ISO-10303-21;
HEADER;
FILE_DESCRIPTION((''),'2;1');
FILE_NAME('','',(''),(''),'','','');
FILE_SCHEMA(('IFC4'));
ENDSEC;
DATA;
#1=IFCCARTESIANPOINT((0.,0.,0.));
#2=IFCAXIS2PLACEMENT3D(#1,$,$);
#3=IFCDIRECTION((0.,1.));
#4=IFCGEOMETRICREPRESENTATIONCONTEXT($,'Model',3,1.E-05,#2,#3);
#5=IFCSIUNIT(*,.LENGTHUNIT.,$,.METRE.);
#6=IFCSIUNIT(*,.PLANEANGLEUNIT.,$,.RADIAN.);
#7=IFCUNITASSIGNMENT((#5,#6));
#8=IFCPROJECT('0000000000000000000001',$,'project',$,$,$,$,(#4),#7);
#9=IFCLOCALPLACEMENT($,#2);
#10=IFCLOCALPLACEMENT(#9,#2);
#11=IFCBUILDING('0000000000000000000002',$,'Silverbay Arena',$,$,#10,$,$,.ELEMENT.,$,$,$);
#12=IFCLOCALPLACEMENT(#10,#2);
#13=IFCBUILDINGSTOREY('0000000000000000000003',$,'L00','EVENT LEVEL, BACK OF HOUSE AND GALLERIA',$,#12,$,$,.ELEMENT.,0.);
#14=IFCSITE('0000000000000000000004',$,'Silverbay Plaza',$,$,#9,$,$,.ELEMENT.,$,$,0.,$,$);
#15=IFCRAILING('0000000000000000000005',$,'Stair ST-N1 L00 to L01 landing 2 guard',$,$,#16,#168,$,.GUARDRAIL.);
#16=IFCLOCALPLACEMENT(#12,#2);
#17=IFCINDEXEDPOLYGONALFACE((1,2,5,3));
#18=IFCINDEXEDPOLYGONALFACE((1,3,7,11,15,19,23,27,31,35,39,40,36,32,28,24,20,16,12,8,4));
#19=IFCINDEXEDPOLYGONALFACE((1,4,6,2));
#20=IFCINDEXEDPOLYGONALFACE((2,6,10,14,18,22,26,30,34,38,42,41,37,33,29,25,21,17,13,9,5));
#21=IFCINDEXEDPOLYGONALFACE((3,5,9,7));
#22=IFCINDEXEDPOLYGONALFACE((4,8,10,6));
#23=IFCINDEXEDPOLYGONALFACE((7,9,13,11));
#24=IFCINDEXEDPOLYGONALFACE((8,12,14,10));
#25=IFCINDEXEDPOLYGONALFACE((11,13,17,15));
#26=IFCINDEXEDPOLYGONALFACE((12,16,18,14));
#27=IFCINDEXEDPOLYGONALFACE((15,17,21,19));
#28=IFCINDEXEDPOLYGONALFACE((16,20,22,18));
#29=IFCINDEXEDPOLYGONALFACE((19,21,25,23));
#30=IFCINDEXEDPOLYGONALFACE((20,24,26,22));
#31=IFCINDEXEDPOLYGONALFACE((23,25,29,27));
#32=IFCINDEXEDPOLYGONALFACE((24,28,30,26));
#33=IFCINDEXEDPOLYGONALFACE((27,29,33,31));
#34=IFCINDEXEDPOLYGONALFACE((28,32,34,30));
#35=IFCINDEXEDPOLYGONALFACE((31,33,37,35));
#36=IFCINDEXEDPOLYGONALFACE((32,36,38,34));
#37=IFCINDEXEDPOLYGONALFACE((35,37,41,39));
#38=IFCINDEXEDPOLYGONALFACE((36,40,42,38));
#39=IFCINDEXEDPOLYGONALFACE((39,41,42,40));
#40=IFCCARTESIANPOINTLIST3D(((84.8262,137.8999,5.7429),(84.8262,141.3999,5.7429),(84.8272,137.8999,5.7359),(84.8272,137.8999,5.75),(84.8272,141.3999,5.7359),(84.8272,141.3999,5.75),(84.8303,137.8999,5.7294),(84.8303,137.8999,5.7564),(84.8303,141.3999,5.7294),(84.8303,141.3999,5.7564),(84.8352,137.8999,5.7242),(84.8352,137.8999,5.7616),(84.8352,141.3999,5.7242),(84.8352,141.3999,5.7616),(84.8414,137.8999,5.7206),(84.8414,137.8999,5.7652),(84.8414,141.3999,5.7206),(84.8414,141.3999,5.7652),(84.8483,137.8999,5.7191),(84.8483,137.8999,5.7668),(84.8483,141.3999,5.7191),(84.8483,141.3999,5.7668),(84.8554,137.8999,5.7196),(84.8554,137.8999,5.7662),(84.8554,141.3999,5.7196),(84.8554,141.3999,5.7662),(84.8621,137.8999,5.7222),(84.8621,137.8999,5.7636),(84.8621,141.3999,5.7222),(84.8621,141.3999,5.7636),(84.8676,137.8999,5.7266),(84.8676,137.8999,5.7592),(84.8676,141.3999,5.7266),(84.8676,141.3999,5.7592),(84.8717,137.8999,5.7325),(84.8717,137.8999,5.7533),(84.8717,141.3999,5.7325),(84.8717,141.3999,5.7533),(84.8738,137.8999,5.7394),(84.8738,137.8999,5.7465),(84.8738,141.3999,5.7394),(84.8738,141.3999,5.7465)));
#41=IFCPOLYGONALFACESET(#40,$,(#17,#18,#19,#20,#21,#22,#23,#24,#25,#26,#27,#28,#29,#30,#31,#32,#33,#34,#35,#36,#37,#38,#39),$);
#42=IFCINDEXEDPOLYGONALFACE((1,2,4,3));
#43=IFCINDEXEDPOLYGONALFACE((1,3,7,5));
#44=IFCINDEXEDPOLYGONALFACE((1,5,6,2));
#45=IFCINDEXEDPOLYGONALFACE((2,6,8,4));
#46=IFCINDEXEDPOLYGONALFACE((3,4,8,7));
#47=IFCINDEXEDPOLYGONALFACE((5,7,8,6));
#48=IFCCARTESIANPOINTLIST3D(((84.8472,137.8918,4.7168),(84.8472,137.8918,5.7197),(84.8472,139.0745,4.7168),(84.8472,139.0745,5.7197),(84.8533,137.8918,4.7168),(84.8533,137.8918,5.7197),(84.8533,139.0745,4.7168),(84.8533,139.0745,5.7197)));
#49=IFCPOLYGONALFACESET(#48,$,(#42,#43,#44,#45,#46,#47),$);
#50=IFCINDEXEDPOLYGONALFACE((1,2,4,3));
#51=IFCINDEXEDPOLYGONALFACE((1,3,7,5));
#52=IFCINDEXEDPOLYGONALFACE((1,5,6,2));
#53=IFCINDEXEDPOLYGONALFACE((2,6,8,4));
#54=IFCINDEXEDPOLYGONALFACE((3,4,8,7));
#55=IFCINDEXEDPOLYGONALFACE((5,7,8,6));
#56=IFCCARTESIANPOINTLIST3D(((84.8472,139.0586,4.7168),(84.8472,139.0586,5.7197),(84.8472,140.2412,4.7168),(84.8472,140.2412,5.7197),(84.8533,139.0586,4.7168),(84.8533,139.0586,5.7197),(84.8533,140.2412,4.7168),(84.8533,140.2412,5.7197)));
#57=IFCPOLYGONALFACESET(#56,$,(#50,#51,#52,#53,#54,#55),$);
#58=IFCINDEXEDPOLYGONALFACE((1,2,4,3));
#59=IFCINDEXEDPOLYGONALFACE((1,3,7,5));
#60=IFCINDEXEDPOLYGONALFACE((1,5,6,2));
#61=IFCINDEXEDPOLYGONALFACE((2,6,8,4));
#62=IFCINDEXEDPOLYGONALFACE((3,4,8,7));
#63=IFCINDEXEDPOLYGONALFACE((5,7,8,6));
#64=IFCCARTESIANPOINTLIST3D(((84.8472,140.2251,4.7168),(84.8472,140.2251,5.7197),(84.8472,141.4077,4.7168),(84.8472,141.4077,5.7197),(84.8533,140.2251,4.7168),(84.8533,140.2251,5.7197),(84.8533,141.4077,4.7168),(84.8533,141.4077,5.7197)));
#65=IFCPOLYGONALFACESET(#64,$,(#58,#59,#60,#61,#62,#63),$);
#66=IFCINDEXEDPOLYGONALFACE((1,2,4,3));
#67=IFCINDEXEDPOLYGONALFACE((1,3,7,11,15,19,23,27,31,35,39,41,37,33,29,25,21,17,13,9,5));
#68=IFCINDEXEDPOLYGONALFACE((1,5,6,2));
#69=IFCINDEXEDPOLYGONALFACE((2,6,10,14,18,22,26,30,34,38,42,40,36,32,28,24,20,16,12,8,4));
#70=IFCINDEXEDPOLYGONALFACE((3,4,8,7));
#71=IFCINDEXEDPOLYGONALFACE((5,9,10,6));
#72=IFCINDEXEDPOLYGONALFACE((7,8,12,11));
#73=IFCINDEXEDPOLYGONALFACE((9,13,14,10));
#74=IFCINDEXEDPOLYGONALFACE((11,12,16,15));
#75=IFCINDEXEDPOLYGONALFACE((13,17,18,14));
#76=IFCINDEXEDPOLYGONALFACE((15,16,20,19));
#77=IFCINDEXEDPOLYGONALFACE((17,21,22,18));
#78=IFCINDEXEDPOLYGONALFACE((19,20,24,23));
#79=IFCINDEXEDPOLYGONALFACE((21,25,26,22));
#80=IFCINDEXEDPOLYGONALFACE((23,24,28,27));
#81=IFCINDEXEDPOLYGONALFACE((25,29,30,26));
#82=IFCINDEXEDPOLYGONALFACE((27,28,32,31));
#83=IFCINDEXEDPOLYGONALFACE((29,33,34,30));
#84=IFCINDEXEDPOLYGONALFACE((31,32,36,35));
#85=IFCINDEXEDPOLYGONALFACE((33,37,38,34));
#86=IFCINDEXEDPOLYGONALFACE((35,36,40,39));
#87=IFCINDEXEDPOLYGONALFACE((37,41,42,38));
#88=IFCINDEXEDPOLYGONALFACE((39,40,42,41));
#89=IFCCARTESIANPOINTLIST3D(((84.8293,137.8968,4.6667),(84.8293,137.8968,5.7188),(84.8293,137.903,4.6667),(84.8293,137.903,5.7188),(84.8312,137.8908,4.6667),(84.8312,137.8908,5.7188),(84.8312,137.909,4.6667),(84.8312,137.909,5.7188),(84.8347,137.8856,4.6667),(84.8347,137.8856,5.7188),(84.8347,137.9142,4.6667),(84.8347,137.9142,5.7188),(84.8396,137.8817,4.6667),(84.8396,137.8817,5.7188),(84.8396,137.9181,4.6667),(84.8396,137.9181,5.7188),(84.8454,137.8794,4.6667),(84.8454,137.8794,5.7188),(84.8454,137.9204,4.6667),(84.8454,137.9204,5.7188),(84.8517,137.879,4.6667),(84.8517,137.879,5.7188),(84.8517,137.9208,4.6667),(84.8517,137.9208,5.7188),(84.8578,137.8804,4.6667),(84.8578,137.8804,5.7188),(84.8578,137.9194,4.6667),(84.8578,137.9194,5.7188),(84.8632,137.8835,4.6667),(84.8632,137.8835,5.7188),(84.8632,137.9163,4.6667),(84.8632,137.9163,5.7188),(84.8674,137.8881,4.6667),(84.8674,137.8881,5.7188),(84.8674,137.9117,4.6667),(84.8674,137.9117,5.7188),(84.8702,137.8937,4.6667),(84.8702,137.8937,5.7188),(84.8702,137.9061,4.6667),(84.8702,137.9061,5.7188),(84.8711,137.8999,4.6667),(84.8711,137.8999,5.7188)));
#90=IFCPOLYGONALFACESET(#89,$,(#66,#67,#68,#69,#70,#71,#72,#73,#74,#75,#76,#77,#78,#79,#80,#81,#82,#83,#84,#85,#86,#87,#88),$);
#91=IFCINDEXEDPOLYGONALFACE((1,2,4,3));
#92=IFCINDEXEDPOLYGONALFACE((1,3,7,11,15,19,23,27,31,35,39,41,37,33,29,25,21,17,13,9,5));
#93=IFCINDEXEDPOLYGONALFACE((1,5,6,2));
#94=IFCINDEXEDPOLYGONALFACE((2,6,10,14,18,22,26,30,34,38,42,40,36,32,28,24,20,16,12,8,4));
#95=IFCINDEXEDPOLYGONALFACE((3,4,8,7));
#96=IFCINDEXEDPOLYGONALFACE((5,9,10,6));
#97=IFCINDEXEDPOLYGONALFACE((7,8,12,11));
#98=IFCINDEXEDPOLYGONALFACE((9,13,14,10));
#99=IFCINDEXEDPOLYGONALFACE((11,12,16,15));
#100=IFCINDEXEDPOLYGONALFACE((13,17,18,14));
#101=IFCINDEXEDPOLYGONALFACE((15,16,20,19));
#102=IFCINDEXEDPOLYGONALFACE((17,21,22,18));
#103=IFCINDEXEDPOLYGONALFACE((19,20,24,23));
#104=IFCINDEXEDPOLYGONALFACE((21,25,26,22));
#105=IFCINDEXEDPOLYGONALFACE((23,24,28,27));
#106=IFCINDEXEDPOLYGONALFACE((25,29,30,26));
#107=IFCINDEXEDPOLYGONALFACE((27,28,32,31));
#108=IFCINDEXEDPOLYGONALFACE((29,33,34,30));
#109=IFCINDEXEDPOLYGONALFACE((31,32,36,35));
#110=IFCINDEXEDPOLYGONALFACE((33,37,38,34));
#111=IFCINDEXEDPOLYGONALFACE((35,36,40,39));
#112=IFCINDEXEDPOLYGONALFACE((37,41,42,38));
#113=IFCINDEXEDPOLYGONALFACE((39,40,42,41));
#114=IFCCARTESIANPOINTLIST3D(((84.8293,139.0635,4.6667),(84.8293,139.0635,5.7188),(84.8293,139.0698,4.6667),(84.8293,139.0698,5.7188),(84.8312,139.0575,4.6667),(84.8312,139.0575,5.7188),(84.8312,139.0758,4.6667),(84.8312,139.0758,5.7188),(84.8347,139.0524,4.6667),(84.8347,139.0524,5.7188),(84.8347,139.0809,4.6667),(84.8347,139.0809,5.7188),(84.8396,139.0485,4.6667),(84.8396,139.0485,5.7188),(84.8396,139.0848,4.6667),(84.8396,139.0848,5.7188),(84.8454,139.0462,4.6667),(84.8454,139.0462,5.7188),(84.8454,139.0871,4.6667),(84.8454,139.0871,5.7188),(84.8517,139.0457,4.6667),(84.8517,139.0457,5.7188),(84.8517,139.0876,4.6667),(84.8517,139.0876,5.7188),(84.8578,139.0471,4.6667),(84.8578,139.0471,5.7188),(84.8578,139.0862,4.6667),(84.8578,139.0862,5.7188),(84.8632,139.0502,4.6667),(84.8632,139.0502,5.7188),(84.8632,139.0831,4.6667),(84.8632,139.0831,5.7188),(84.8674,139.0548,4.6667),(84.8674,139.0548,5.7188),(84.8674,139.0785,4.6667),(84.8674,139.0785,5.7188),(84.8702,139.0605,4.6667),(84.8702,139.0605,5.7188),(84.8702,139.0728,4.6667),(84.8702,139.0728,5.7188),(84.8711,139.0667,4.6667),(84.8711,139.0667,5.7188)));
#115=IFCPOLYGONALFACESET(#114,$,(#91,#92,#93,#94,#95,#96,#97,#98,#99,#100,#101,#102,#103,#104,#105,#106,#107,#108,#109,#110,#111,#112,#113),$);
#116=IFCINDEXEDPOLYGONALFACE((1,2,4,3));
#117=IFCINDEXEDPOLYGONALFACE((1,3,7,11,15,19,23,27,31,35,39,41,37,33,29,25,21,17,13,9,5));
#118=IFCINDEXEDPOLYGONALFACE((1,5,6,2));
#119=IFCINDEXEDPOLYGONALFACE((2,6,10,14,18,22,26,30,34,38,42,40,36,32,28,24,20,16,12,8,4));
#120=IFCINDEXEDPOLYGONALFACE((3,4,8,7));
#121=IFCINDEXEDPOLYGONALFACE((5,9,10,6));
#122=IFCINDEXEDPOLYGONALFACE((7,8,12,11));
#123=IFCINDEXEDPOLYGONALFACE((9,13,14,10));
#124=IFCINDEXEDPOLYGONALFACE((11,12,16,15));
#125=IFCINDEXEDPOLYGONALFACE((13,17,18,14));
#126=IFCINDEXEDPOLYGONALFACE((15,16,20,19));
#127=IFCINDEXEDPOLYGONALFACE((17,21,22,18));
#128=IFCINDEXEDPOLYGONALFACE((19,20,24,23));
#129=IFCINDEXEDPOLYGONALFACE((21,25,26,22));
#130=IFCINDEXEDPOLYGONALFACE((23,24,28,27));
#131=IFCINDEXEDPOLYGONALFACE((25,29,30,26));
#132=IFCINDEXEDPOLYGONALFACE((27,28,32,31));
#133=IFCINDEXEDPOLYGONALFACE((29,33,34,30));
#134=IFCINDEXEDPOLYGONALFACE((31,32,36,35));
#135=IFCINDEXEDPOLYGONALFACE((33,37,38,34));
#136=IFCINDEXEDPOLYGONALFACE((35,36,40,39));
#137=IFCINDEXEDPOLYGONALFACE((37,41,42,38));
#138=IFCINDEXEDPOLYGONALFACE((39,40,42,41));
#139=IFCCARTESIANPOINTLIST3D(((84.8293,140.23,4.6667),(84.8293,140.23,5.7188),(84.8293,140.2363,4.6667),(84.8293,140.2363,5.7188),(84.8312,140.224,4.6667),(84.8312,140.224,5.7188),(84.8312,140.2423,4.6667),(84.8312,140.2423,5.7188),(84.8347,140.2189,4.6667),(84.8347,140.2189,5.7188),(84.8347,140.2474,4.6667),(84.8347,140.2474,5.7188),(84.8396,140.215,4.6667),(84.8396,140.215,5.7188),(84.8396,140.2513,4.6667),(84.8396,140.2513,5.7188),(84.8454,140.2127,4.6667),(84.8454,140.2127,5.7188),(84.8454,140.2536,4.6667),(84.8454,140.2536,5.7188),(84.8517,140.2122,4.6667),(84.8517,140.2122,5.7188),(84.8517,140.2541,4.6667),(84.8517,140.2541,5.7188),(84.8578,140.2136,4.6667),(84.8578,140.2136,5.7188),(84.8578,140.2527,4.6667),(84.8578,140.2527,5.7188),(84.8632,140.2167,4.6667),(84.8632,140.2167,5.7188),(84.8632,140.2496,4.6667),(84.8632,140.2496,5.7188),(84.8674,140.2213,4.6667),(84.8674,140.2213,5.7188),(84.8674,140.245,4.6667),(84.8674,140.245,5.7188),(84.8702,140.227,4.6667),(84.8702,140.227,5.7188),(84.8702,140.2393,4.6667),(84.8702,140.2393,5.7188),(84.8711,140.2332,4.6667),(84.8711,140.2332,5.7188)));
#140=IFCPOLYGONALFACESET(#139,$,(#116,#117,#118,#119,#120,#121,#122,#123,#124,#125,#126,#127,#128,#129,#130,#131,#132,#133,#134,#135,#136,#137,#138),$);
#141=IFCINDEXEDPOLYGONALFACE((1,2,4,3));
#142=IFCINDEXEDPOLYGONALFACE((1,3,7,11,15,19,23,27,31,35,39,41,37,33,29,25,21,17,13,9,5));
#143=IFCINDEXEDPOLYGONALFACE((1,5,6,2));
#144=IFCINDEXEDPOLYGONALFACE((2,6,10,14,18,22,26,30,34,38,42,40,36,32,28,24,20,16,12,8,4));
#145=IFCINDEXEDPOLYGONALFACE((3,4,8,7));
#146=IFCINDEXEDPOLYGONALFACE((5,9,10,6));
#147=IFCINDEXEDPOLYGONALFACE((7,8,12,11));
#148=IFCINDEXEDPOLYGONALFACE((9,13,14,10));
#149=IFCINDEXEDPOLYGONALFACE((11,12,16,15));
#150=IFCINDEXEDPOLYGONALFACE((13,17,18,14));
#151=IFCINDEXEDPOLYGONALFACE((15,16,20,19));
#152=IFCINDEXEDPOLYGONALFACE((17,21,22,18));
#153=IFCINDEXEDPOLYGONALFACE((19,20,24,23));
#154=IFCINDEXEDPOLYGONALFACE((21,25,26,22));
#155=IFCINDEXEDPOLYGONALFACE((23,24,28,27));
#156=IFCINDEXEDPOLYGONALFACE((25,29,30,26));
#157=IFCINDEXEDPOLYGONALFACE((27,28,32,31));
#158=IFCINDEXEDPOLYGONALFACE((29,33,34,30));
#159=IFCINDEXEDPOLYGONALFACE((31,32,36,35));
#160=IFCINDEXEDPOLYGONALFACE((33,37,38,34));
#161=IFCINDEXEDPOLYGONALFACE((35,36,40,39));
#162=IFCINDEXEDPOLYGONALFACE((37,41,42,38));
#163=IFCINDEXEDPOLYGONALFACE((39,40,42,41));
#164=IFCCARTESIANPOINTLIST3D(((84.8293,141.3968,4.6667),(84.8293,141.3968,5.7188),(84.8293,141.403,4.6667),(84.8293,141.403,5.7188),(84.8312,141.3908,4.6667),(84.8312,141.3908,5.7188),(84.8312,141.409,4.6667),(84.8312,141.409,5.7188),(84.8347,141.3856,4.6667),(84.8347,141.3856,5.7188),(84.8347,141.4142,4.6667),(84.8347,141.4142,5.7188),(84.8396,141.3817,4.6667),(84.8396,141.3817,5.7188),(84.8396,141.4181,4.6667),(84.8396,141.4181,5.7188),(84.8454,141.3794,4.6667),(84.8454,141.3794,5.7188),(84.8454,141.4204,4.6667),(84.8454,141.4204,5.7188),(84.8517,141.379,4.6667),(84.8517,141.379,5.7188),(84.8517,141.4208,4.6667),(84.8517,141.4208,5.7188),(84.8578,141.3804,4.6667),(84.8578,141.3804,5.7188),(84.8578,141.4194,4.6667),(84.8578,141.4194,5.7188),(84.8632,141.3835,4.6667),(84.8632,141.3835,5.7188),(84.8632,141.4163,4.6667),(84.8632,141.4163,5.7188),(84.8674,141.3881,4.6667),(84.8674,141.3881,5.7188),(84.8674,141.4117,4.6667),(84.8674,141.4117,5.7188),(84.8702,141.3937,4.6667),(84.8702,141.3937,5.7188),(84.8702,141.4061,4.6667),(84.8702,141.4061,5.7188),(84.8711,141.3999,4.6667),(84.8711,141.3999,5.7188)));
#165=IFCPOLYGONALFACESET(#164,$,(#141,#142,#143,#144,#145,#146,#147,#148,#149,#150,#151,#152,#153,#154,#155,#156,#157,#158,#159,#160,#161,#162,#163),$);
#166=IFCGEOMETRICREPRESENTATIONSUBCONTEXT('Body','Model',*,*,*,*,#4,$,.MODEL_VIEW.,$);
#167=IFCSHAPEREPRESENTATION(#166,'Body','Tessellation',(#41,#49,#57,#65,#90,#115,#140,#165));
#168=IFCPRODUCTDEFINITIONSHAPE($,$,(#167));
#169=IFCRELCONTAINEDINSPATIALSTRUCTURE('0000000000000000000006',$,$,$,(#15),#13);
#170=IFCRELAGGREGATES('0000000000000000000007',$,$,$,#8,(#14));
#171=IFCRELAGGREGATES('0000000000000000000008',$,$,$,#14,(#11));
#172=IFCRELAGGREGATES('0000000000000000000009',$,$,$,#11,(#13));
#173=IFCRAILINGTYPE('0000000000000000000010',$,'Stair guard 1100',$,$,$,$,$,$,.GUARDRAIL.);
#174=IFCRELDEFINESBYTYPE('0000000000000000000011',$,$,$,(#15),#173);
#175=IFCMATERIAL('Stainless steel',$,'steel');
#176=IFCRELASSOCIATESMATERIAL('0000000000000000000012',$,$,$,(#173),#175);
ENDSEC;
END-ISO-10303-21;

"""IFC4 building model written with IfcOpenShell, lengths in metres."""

from ifc_helpers import new_model, si_unit, direction, frame, origin, origin_2d, place, context, subcontext, project, spatial, polyline, circle, outline, extrude, material, type_object, element, save


model = new_model("IFC4")

# Units and contexts
model_context = context("Model", 3, precision=1e-05, world=origin(), true_north=direction((0.0, 1.0)))
body_context = subcontext(model_context, "Body", "Model", "MODEL_VIEW")
ifc_project = project(units=[si_unit("LENGTHUNIT", "METRE"), si_unit("PLANEANGLEUNIT", "RADIAN")], contexts=[model_context])

# Site, building, storey
site_placement = place(None, origin())
site = spatial("IfcSite", under=ifc_project, at=site_placement, Name="Silverbay Plaza", CompositionType="ELEMENT", RefElevation=0.0)
building_placement = place(site_placement, origin())
building = spatial("IfcBuilding", under=site, at=building_placement, Name="Silverbay Arena", CompositionType="ELEMENT")
storey_placement = place(building_placement, origin())
storey = spatial("IfcBuildingStorey", under=building, at=storey_placement, Name="L00", Description="EVENT LEVEL, BACK OF HOUSE AND GALLERIA", CompositionType="ELEMENT", Elevation=0.0)

# Railing
ifc_material_1 = material(Name="Stainless steel", Category="steel")
railing_type_1 = type_object("IfcRailingType", Name="Stair guard 1100", PredefinedType="GUARDRAIL", material=ifc_material_1)
for number, where, name in (
    (1, (84.8501, 137.8999, 4.6667), "Stair ST-N1 L00 to L01 landing 2 guard"),
):
    element("IfcRailing", number, at=place(storey_placement, frame(where)), inside=storey, type_object=railing_type_1, Name=name, PredefinedType="GUARDRAIL", context=body_context, shape_type="SweptSolid", body=[
        extrude(circle(Radius=0.0239, at=origin_2d()), frame((0.0, 0.0, 1.0762), z_axis=(0.0, 1.0, 0.0), x_axis=(-1.0, 0.0, 0.0)), (0.0, 0.0, 1.0), 3.5),
        extrude(outline(polyline([(-0.0081, 0.05), (1.1746, 0.05), (1.1746, 1.053), (-0.0081, 1.053), (-0.0081, 0.05)])), frame((-0.0029, 0.0, 0.0), z_axis=(1.0, 0.0, 0.0), x_axis=(0.0, 1.0, 0.0)), (0.0, 0.0, 1.0), 0.0061),
        extrude(outline(polyline([(-0.0081, 0.05), (1.1746, 0.05), (1.1746, 1.053), (-0.0081, 1.053), (-0.0081, 0.05)])), frame((-0.0029, 1.1667, 0.0), z_axis=(1.0, 0.0, 0.0), x_axis=(0.0, 1.0, 0.0)), (0.0, 0.0, 1.0), 0.0061),
        extrude(outline(polyline([(-0.0081, 0.05), (1.1746, 0.05), (1.1746, 1.053), (-0.0081, 1.053), (-0.0081, 0.05)])), frame((-0.0029, 2.3333, 0.0), z_axis=(1.0, 0.0, 0.0), x_axis=(0.0, 1.0, 0.0)), (0.0, 0.0, 1.0), 0.0061),
        extrude(circle(Radius=0.021, at=origin_2d()), origin(), (0.0, 0.0, 1.0), 1.052),
        extrude(circle(Radius=0.021, at=origin_2d()), frame((0.0, 1.1667, 0.0)), (0.0, 0.0, 1.0), 1.052),
        extrude(circle(Radius=0.021, at=origin_2d()), frame((0.0, 2.3333, 0.0)), (0.0, 0.0, 1.0), 1.052),
        extrude(circle(Radius=0.021, at=origin_2d()), frame((0.0, 3.5, 0.0)), (0.0, 0.0, 1.0), 1.052),
    ])

save(model, "model.ifc")
